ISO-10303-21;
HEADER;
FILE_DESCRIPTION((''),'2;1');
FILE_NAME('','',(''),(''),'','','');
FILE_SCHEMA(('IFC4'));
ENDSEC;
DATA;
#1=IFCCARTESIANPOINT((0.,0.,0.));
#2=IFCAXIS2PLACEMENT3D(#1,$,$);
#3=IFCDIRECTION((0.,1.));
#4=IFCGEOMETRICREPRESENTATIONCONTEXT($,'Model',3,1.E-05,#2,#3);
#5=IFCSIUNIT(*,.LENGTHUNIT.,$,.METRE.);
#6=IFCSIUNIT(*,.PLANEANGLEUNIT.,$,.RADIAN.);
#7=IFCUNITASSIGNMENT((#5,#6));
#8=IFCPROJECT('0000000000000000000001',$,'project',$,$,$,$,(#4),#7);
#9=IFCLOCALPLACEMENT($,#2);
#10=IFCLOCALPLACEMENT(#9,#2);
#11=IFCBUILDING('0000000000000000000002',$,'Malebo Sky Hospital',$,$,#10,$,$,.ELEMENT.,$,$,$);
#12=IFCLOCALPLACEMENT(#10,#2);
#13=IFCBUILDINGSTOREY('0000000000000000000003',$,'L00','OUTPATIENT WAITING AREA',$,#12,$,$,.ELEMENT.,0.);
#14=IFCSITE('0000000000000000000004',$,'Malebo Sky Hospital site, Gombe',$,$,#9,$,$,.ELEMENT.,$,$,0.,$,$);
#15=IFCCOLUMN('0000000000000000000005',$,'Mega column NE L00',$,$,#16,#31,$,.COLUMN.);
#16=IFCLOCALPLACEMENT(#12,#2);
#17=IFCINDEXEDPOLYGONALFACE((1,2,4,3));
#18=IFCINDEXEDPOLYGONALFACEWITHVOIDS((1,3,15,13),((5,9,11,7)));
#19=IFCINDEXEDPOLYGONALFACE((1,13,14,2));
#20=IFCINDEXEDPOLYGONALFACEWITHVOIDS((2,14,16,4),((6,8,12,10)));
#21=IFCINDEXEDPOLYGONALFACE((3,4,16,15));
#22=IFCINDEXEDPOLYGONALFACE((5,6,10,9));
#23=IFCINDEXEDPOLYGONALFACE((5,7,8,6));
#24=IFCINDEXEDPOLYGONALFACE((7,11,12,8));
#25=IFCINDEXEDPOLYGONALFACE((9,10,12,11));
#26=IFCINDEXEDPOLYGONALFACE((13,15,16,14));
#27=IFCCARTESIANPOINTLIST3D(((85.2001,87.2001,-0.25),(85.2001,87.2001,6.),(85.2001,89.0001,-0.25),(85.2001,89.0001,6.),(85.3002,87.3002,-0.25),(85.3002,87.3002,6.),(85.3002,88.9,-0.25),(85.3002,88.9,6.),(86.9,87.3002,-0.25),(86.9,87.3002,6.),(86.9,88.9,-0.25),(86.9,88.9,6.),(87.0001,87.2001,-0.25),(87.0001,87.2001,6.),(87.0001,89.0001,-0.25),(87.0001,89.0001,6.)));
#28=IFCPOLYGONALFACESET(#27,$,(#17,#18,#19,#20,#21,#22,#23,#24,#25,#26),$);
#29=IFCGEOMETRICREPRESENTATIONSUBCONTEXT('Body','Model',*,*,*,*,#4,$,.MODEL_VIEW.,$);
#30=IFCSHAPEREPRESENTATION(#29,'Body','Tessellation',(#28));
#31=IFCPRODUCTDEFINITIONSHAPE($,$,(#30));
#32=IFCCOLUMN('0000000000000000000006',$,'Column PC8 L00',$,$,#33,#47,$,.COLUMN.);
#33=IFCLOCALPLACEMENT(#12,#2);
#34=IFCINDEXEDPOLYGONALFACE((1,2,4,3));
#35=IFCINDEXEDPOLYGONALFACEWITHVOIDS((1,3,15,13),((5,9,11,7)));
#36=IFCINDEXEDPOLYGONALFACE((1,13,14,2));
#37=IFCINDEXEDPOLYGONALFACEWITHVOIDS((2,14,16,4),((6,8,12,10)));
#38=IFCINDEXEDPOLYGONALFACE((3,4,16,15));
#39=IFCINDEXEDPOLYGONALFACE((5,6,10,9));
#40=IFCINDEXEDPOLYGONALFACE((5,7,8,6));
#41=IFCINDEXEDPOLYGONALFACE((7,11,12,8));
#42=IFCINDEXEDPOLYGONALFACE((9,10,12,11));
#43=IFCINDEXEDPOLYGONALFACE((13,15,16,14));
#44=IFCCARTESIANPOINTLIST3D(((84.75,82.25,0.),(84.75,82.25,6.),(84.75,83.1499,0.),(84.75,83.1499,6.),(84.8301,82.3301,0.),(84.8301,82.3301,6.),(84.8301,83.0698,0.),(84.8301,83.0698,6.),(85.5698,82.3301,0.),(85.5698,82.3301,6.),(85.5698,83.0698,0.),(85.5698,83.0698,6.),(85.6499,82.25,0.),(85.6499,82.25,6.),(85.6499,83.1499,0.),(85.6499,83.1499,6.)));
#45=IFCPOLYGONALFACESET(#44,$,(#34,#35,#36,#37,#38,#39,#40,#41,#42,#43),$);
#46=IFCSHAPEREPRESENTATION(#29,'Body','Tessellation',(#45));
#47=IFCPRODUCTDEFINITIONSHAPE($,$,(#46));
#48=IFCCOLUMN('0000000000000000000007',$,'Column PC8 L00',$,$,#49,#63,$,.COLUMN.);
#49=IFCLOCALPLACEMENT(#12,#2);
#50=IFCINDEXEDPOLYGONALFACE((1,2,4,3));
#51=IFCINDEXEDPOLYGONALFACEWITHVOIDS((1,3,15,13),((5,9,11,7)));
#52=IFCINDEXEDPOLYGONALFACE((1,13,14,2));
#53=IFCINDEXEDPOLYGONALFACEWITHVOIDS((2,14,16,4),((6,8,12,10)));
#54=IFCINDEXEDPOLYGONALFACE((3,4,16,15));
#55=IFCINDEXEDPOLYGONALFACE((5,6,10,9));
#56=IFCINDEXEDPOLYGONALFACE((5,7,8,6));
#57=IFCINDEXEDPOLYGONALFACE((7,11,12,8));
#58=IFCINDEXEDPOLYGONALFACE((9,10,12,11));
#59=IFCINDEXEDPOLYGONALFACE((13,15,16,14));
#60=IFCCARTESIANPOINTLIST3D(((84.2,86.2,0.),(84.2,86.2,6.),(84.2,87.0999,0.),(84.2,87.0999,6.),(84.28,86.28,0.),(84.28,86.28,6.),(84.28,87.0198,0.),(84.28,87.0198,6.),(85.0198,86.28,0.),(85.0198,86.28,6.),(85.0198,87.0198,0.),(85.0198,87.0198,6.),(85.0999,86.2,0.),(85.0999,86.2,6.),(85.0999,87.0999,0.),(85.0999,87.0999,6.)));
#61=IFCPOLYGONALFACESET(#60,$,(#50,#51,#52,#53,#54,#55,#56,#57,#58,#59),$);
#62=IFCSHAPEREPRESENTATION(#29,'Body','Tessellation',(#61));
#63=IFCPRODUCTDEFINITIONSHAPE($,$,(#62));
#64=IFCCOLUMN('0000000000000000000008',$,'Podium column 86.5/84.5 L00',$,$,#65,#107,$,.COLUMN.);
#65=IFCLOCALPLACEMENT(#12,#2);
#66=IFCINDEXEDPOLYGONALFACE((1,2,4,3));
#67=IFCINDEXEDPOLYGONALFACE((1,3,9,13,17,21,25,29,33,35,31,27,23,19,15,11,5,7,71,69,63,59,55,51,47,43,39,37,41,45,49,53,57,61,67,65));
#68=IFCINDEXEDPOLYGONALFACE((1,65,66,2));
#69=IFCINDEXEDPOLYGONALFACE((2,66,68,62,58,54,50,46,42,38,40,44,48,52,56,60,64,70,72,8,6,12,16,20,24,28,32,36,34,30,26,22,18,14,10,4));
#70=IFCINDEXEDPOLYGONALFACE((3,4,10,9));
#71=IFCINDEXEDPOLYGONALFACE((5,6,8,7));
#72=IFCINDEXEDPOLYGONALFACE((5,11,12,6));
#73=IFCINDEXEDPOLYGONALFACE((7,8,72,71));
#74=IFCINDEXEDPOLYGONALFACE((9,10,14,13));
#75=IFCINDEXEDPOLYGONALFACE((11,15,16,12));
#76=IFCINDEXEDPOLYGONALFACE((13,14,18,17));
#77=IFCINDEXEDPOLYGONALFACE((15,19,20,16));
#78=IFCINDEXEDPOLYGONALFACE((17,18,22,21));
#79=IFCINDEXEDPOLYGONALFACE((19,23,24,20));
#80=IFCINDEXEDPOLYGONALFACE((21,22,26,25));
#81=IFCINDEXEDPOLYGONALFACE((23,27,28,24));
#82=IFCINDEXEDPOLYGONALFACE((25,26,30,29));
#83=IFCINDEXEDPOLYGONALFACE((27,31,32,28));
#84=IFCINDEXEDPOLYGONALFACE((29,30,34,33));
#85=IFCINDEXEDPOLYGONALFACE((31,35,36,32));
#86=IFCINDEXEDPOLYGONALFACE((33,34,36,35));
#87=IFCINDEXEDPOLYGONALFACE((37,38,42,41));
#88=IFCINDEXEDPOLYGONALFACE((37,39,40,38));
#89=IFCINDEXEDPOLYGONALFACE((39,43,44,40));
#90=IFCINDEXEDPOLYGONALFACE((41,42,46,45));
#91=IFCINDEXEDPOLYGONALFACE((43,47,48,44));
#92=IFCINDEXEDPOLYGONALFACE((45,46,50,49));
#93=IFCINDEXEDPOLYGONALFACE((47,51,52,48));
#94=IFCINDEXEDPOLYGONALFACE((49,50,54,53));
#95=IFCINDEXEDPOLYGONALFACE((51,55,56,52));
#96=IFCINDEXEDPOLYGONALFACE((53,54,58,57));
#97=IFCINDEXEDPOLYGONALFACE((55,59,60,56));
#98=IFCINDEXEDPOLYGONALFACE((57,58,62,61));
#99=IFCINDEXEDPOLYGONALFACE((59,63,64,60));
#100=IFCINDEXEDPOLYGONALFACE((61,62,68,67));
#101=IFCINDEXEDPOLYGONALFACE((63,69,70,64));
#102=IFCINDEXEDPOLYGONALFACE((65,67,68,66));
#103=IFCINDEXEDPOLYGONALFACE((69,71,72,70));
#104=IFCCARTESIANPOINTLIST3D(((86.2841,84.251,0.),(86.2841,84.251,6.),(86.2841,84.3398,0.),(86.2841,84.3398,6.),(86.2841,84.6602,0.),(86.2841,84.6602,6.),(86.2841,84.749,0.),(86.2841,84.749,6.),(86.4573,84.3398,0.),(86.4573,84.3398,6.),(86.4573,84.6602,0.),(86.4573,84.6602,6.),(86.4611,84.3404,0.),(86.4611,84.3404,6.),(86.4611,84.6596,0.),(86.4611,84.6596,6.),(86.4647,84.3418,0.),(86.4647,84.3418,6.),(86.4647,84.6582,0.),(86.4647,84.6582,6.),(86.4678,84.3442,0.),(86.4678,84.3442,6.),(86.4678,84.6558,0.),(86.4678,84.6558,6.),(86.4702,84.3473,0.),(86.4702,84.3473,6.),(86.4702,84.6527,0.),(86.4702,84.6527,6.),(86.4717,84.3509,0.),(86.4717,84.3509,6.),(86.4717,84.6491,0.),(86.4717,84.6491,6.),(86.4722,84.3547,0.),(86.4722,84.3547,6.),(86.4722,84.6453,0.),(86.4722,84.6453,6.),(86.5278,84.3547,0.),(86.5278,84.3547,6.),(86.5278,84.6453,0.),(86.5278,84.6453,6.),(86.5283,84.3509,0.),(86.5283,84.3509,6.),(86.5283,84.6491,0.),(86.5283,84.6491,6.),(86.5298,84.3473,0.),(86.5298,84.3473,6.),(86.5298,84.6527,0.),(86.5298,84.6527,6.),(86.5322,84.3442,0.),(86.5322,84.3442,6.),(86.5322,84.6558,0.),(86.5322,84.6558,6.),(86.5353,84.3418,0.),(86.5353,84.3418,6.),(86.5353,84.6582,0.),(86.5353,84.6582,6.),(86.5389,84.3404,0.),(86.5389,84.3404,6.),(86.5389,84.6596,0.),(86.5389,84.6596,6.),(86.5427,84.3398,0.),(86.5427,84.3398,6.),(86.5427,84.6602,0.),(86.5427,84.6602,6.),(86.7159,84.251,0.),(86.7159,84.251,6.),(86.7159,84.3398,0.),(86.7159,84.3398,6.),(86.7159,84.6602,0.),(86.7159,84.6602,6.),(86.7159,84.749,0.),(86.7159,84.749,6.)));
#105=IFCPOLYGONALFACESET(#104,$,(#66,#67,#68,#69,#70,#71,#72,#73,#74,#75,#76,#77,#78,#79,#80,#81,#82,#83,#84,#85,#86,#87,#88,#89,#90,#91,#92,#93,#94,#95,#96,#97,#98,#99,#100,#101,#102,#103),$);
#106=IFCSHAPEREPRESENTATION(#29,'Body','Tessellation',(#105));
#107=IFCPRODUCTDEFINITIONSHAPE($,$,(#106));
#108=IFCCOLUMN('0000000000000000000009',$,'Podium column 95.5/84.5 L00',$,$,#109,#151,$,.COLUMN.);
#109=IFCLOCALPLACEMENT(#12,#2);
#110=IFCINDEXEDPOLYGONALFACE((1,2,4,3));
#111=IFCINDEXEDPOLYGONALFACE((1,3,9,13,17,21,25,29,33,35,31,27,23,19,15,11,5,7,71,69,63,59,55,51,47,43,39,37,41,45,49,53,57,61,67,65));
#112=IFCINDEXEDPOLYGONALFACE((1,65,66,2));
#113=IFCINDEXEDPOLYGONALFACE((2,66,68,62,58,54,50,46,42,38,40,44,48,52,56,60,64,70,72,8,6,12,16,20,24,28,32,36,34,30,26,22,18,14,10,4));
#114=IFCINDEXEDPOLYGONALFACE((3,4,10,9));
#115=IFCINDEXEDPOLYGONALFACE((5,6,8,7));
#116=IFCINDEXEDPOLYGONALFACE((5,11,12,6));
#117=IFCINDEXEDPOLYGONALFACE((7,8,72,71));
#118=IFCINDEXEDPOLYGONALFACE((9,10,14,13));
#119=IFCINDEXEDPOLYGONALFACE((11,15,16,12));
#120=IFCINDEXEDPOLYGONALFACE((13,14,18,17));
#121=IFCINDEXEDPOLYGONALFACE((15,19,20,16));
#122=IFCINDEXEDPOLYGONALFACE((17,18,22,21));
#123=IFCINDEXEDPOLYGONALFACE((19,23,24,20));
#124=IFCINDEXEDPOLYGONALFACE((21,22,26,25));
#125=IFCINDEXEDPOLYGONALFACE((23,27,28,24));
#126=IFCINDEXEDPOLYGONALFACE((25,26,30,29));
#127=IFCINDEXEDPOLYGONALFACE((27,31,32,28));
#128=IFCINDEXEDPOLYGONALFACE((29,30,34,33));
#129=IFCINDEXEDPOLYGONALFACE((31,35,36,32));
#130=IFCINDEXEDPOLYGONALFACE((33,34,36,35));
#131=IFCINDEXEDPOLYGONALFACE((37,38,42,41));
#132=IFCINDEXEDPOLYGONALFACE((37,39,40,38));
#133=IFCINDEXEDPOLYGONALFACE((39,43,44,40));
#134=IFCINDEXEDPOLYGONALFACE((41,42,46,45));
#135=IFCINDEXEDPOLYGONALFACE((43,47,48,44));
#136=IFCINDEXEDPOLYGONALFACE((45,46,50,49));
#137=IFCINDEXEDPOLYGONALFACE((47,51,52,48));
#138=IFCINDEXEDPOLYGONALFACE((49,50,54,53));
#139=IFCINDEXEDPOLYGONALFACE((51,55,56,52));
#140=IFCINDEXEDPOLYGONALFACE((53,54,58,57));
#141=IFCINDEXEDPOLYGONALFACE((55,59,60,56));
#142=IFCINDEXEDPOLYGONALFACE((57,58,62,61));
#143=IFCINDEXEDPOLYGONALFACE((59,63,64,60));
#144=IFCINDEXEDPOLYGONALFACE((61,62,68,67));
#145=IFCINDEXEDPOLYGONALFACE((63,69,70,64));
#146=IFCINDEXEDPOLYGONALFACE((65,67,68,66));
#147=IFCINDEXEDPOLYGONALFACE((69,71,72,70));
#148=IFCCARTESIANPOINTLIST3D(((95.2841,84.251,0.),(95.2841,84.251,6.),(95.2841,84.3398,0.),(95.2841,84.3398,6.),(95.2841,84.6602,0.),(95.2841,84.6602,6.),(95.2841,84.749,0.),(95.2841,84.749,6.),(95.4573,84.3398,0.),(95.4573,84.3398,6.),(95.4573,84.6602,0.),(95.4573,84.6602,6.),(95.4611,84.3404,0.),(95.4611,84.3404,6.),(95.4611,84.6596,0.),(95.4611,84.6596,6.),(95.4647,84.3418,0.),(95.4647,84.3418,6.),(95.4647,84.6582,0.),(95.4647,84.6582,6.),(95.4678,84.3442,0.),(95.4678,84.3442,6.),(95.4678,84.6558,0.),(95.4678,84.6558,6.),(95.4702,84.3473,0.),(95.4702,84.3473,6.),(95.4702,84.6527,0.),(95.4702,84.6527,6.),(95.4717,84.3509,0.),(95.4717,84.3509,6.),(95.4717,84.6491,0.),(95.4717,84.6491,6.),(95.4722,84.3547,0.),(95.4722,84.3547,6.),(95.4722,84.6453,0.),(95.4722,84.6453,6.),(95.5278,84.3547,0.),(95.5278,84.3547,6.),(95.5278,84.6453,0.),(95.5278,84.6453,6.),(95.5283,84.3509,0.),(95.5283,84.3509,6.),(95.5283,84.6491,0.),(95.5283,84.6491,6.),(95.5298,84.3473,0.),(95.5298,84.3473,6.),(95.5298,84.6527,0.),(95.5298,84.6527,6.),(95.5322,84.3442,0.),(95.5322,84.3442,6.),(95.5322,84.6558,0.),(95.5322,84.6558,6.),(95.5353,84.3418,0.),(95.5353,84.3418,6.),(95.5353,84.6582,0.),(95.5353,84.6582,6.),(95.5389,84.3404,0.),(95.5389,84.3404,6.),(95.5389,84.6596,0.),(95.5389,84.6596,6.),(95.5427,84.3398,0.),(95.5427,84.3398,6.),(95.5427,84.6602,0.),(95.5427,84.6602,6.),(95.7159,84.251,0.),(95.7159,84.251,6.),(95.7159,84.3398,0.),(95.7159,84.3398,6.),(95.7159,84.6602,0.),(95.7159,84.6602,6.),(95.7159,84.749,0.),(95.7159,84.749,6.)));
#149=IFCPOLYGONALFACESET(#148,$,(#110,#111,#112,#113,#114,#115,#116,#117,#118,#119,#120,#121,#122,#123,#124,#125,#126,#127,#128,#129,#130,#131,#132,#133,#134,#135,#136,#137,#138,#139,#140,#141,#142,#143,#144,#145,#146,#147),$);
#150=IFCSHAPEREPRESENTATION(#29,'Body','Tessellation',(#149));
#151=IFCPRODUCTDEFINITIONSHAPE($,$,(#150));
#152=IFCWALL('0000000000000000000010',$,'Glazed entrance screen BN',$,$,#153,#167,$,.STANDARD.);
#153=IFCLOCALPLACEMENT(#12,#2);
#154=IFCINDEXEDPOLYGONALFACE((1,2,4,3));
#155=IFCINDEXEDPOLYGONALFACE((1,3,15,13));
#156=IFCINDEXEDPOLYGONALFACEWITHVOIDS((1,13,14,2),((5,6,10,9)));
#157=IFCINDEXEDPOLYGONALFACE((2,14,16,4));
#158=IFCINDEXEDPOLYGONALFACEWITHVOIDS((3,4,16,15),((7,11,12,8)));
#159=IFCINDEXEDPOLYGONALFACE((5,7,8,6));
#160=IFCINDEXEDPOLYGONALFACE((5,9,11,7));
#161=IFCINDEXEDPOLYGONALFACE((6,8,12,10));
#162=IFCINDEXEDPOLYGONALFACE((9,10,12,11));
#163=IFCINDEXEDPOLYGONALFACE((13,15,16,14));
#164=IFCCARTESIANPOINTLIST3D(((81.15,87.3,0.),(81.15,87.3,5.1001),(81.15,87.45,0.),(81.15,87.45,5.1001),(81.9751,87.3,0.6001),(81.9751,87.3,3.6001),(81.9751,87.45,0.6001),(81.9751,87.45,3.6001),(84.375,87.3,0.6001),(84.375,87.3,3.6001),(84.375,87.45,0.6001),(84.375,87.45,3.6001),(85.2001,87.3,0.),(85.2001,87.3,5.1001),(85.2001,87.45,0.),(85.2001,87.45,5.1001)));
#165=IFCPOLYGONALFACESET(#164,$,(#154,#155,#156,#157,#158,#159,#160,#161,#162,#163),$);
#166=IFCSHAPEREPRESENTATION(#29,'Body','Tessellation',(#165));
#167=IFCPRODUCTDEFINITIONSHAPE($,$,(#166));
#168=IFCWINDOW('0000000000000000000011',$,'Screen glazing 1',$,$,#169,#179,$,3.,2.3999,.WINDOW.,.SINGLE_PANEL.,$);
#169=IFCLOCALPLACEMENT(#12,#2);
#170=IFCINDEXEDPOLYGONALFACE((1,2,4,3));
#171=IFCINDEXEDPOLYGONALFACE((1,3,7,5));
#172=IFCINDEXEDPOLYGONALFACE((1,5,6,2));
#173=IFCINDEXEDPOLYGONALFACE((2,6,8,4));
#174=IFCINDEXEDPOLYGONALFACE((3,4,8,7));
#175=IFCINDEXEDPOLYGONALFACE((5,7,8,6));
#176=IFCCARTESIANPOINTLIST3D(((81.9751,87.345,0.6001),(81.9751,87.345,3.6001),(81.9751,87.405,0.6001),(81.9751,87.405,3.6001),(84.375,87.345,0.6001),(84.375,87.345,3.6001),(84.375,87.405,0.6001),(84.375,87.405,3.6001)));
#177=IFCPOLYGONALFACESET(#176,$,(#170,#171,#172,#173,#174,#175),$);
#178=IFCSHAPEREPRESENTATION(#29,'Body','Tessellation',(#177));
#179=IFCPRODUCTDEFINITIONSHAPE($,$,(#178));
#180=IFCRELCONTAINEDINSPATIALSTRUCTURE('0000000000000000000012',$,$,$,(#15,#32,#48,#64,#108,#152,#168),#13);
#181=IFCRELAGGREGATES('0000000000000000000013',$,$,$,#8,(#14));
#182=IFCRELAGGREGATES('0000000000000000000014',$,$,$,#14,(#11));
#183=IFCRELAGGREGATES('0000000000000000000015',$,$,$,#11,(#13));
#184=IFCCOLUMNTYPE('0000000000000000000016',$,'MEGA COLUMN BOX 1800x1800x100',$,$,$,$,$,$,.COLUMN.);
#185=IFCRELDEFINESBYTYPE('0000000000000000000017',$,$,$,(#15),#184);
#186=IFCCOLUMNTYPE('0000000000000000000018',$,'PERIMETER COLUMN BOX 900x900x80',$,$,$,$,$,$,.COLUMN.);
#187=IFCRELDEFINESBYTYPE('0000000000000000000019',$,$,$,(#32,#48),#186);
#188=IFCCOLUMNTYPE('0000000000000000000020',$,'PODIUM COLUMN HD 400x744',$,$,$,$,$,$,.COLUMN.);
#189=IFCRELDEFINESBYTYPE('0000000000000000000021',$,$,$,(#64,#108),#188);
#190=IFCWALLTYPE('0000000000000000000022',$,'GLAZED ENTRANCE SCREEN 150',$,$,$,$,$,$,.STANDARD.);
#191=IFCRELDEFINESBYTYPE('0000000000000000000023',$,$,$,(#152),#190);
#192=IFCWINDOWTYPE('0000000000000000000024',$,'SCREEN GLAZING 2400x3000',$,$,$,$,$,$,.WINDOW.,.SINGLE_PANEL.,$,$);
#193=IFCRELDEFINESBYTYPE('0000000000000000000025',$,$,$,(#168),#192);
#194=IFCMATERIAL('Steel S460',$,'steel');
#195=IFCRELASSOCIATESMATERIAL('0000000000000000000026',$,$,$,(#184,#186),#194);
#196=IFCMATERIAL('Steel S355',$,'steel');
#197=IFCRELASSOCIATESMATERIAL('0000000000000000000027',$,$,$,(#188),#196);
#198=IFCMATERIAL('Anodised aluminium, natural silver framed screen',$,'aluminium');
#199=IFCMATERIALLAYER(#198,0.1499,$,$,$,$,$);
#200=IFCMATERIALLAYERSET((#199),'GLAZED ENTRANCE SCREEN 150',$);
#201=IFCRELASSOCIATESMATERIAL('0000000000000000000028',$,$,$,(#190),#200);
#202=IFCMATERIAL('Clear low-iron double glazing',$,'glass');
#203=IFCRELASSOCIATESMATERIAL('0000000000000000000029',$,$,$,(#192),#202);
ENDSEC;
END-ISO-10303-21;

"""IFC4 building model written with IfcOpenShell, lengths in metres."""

from ifc_helpers import new_model, si_unit, direction, frame, frame_2d, origin, origin_2d, place, context, subcontext, project, spatial, rectangle, hollow_rectangle, i_section, extrude, material, layer, layer_set, material_profile, profile_set, type_object, element, fill, save


model = new_model("IFC4")

# Units and contexts
model_context = context("Model", 3, precision=1e-05, world=origin(), true_north=direction((0.0, 1.0)))
body_context = subcontext(model_context, "Body", "Model", "MODEL_VIEW")
ifc_project = project(units=[si_unit("LENGTHUNIT", "METRE"), si_unit("PLANEANGLEUNIT", "RADIAN")], contexts=[model_context])

# Site, building, storey
site_placement = place(None, origin())
site = spatial("IfcSite", under=ifc_project, at=site_placement, Name="Malebo Sky Hospital site, Gombe", CompositionType="ELEMENT", RefElevation=0.0)
building_placement = place(site_placement, origin())
building = spatial("IfcBuilding", under=site, at=building_placement, Name="Malebo Sky Hospital", CompositionType="ELEMENT")
storey_placement = place(building_placement, origin())
storey = spatial("IfcBuildingStorey", under=building, at=storey_placement, Name="L00", Description="OUTPATIENT WAITING AREA", CompositionType="ELEMENT", Elevation=0.0)

# Columns
ifc_material_1 = material(Name="Steel S460", Category="steel")
ifc_material_profile_1 = material_profile(ifc_material_1, hollow_rectangle(XDim=1.8, YDim=1.8, WallThickness=0.1001, at=origin_2d()), Name="BOX 1800x1800x100")
ifc_profile_set_1 = profile_set([ifc_material_profile_1], Name="Steel S460")
column_type_1 = type_object("IfcColumnType", Name="MEGA COLUMN BOX 1800x1800x100", PredefinedType="COLUMN", material=ifc_profile_set_1)
column_placement = place(storey_placement, frame((86.1001, 88.1001, -0.25), z_axis=(0.0, 0.0, 1.0), x_axis=(1.0, 0.0, 0.0)))
element("IfcColumn", 1, at=column_placement, inside=storey, type_object=column_type_1, Name="Mega column NE L00", PredefinedType="COLUMN", context=body_context, shape_type="SweptSolid", body=[
    extrude(hollow_rectangle(XDim=1.8, YDim=1.8, WallThickness=0.1001, at=origin_2d()), origin(), (0.0, 0.0, 1.0), 6.25),
])
ifc_material_profile_2 = material_profile(ifc_material_1, hollow_rectangle(XDim=0.8999, YDim=0.8999, WallThickness=0.0801, at=origin_2d()), Name="BOX 900x900x80")
ifc_profile_set_2 = profile_set([ifc_material_profile_2], Name="Steel S460")
column_type_2 = type_object("IfcColumnType", Name="PERIMETER COLUMN BOX 900x900x80", PredefinedType="COLUMN", material=ifc_profile_set_2)
for number, where, z_axis, x_axis, name in (
    (2, (85.2, 82.7, 0.0), (0.0, 0.0, 1.0), (1.0, 0.0, 0.0), "Column PC8 L00"),
    (3, (84.6499, 86.6499, 0.0), (0.0, 0.0, 1.0), (1.0, 0.0, 0.0), "Column PC8 L00"),
):
    element("IfcColumn", number, at=place(storey_placement, frame(where, z_axis=z_axis, x_axis=x_axis)), inside=storey, type_object=column_type_2, Name=name, PredefinedType="COLUMN", context=body_context, shape_type="SweptSolid", body=[
        extrude(hollow_rectangle(XDim=0.8999, YDim=0.8999, WallThickness=0.0801, at=origin_2d()), origin(), (0.0, 0.0, 1.0), 6.0),
    ])
ifc_material_2 = material(Name="Steel S355", Category="steel")
ifc_material_profile_3 = material_profile(ifc_material_2, i_section(OverallWidth=0.4319, OverallDepth=0.498, WebThickness=0.0557, FlangeThickness=0.0889, FilletRadius=0.0149, at=origin_2d()), Name="HD 400x744")
ifc_profile_set_3 = profile_set([ifc_material_profile_3], Name="Steel S355")
column_type_3 = type_object("IfcColumnType", Name="PODIUM COLUMN HD 400x744", PredefinedType="COLUMN", material=ifc_profile_set_3)
for number, where, z_axis, x_axis, name in (
    (4, (86.5, 84.5, 0.0), (0.0, 0.0, 1.0), (1.0, 0.0, 0.0), "Podium column 86.5/84.5 L00"),
    (5, (95.5, 84.5, 0.0), (0.0, 0.0, 1.0), (1.0, 0.0, 0.0), "Podium column 95.5/84.5 L00"),
):
    element("IfcColumn", number, at=place(storey_placement, frame(where, z_axis=z_axis, x_axis=x_axis)), inside=storey, type_object=column_type_3, Name=name, PredefinedType="COLUMN", context=body_context, shape_type="SweptSolid", body=[
        extrude(i_section(OverallWidth=0.4319, OverallDepth=0.498, WebThickness=0.0557, FlangeThickness=0.0889, FilletRadius=0.0149, at=origin_2d()), origin(), (0.0, 0.0, 1.0), 6.0),
    ])

# Wall, opening, window
ifc_material_3 = material(Name="Anodised aluminium, natural silver framed screen", Category="aluminium")
ifc_layer_1 = layer(ifc_material_3, 0.1499)
ifc_layer_set_1 = layer_set([ifc_layer_1], Name="GLAZED ENTRANCE SCREEN 150")
wall_type_1 = type_object("IfcWallType", Name="GLAZED ENTRANCE SCREEN 150", PredefinedType="STANDARD", material=ifc_layer_set_1)
wall_1_placement = place(storey_placement, frame((85.2, 87.375, 0.0), z_axis=(0.0, 0.0, 1.0), x_axis=(-1.0, 0.0, 0.0)))
wall_1 = element("IfcWall", 6, at=wall_1_placement, inside=storey, type_object=wall_type_1, Name="Glazed entrance screen BN", PredefinedType="STANDARD", context=body_context, shape_type="SweptSolid", body=[
    extrude(rectangle(XDim=4.05, YDim=0.1499, at=frame_2d((2.0249, 0.0))), origin(), (0.0, 0.0, 1.0), 5.1001),
])
opening_placement = place(wall_1_placement, frame((0.825, 0.0, 0.6001)))
opening = element("IfcOpeningElement", 7, at=opening_placement, cuts=wall_1, PredefinedType="OPENING", context=body_context, shape_type="SweptSolid", body=[
    extrude(rectangle(XDim=2.3999, YDim=3.0, at=frame_2d((1.2, 1.5))), frame((0.0, 0.085, 0.0), z_axis=(0.0, -1.0, 0.0), x_axis=(1.0, 0.0, 0.0)), (0.0, 0.0, 1.0), 0.1699),
])
ifc_material_4 = material(Name="Clear low-iron double glazing", Category="glass")
window_type = type_object("IfcWindowType", Name="SCREEN GLAZING 2400x3000", PartitioningType="SINGLE_PANEL", PredefinedType="WINDOW", material=ifc_material_4)
window_placement = place(opening_placement, origin())
window = element("IfcWindow", 8, at=window_placement, inside=storey, type_object=window_type, Name="Screen glazing 1", OverallHeight=3.0, OverallWidth=2.3999, PartitioningType="SINGLE_PANEL", PredefinedType="WINDOW", context=body_context, shape_type="SweptSolid", body=[
    extrude(rectangle(XDim=2.3999, YDim=3.0, at=frame_2d((1.2, 1.5))), frame((0.0, 0.03, 0.0), z_axis=(0.0, -1.0, 0.0), x_axis=(1.0, 0.0, 0.0)), (0.0, 0.0, 1.0), 0.0601),
])
fill(opening, window)

save(model, "model.ifc")
